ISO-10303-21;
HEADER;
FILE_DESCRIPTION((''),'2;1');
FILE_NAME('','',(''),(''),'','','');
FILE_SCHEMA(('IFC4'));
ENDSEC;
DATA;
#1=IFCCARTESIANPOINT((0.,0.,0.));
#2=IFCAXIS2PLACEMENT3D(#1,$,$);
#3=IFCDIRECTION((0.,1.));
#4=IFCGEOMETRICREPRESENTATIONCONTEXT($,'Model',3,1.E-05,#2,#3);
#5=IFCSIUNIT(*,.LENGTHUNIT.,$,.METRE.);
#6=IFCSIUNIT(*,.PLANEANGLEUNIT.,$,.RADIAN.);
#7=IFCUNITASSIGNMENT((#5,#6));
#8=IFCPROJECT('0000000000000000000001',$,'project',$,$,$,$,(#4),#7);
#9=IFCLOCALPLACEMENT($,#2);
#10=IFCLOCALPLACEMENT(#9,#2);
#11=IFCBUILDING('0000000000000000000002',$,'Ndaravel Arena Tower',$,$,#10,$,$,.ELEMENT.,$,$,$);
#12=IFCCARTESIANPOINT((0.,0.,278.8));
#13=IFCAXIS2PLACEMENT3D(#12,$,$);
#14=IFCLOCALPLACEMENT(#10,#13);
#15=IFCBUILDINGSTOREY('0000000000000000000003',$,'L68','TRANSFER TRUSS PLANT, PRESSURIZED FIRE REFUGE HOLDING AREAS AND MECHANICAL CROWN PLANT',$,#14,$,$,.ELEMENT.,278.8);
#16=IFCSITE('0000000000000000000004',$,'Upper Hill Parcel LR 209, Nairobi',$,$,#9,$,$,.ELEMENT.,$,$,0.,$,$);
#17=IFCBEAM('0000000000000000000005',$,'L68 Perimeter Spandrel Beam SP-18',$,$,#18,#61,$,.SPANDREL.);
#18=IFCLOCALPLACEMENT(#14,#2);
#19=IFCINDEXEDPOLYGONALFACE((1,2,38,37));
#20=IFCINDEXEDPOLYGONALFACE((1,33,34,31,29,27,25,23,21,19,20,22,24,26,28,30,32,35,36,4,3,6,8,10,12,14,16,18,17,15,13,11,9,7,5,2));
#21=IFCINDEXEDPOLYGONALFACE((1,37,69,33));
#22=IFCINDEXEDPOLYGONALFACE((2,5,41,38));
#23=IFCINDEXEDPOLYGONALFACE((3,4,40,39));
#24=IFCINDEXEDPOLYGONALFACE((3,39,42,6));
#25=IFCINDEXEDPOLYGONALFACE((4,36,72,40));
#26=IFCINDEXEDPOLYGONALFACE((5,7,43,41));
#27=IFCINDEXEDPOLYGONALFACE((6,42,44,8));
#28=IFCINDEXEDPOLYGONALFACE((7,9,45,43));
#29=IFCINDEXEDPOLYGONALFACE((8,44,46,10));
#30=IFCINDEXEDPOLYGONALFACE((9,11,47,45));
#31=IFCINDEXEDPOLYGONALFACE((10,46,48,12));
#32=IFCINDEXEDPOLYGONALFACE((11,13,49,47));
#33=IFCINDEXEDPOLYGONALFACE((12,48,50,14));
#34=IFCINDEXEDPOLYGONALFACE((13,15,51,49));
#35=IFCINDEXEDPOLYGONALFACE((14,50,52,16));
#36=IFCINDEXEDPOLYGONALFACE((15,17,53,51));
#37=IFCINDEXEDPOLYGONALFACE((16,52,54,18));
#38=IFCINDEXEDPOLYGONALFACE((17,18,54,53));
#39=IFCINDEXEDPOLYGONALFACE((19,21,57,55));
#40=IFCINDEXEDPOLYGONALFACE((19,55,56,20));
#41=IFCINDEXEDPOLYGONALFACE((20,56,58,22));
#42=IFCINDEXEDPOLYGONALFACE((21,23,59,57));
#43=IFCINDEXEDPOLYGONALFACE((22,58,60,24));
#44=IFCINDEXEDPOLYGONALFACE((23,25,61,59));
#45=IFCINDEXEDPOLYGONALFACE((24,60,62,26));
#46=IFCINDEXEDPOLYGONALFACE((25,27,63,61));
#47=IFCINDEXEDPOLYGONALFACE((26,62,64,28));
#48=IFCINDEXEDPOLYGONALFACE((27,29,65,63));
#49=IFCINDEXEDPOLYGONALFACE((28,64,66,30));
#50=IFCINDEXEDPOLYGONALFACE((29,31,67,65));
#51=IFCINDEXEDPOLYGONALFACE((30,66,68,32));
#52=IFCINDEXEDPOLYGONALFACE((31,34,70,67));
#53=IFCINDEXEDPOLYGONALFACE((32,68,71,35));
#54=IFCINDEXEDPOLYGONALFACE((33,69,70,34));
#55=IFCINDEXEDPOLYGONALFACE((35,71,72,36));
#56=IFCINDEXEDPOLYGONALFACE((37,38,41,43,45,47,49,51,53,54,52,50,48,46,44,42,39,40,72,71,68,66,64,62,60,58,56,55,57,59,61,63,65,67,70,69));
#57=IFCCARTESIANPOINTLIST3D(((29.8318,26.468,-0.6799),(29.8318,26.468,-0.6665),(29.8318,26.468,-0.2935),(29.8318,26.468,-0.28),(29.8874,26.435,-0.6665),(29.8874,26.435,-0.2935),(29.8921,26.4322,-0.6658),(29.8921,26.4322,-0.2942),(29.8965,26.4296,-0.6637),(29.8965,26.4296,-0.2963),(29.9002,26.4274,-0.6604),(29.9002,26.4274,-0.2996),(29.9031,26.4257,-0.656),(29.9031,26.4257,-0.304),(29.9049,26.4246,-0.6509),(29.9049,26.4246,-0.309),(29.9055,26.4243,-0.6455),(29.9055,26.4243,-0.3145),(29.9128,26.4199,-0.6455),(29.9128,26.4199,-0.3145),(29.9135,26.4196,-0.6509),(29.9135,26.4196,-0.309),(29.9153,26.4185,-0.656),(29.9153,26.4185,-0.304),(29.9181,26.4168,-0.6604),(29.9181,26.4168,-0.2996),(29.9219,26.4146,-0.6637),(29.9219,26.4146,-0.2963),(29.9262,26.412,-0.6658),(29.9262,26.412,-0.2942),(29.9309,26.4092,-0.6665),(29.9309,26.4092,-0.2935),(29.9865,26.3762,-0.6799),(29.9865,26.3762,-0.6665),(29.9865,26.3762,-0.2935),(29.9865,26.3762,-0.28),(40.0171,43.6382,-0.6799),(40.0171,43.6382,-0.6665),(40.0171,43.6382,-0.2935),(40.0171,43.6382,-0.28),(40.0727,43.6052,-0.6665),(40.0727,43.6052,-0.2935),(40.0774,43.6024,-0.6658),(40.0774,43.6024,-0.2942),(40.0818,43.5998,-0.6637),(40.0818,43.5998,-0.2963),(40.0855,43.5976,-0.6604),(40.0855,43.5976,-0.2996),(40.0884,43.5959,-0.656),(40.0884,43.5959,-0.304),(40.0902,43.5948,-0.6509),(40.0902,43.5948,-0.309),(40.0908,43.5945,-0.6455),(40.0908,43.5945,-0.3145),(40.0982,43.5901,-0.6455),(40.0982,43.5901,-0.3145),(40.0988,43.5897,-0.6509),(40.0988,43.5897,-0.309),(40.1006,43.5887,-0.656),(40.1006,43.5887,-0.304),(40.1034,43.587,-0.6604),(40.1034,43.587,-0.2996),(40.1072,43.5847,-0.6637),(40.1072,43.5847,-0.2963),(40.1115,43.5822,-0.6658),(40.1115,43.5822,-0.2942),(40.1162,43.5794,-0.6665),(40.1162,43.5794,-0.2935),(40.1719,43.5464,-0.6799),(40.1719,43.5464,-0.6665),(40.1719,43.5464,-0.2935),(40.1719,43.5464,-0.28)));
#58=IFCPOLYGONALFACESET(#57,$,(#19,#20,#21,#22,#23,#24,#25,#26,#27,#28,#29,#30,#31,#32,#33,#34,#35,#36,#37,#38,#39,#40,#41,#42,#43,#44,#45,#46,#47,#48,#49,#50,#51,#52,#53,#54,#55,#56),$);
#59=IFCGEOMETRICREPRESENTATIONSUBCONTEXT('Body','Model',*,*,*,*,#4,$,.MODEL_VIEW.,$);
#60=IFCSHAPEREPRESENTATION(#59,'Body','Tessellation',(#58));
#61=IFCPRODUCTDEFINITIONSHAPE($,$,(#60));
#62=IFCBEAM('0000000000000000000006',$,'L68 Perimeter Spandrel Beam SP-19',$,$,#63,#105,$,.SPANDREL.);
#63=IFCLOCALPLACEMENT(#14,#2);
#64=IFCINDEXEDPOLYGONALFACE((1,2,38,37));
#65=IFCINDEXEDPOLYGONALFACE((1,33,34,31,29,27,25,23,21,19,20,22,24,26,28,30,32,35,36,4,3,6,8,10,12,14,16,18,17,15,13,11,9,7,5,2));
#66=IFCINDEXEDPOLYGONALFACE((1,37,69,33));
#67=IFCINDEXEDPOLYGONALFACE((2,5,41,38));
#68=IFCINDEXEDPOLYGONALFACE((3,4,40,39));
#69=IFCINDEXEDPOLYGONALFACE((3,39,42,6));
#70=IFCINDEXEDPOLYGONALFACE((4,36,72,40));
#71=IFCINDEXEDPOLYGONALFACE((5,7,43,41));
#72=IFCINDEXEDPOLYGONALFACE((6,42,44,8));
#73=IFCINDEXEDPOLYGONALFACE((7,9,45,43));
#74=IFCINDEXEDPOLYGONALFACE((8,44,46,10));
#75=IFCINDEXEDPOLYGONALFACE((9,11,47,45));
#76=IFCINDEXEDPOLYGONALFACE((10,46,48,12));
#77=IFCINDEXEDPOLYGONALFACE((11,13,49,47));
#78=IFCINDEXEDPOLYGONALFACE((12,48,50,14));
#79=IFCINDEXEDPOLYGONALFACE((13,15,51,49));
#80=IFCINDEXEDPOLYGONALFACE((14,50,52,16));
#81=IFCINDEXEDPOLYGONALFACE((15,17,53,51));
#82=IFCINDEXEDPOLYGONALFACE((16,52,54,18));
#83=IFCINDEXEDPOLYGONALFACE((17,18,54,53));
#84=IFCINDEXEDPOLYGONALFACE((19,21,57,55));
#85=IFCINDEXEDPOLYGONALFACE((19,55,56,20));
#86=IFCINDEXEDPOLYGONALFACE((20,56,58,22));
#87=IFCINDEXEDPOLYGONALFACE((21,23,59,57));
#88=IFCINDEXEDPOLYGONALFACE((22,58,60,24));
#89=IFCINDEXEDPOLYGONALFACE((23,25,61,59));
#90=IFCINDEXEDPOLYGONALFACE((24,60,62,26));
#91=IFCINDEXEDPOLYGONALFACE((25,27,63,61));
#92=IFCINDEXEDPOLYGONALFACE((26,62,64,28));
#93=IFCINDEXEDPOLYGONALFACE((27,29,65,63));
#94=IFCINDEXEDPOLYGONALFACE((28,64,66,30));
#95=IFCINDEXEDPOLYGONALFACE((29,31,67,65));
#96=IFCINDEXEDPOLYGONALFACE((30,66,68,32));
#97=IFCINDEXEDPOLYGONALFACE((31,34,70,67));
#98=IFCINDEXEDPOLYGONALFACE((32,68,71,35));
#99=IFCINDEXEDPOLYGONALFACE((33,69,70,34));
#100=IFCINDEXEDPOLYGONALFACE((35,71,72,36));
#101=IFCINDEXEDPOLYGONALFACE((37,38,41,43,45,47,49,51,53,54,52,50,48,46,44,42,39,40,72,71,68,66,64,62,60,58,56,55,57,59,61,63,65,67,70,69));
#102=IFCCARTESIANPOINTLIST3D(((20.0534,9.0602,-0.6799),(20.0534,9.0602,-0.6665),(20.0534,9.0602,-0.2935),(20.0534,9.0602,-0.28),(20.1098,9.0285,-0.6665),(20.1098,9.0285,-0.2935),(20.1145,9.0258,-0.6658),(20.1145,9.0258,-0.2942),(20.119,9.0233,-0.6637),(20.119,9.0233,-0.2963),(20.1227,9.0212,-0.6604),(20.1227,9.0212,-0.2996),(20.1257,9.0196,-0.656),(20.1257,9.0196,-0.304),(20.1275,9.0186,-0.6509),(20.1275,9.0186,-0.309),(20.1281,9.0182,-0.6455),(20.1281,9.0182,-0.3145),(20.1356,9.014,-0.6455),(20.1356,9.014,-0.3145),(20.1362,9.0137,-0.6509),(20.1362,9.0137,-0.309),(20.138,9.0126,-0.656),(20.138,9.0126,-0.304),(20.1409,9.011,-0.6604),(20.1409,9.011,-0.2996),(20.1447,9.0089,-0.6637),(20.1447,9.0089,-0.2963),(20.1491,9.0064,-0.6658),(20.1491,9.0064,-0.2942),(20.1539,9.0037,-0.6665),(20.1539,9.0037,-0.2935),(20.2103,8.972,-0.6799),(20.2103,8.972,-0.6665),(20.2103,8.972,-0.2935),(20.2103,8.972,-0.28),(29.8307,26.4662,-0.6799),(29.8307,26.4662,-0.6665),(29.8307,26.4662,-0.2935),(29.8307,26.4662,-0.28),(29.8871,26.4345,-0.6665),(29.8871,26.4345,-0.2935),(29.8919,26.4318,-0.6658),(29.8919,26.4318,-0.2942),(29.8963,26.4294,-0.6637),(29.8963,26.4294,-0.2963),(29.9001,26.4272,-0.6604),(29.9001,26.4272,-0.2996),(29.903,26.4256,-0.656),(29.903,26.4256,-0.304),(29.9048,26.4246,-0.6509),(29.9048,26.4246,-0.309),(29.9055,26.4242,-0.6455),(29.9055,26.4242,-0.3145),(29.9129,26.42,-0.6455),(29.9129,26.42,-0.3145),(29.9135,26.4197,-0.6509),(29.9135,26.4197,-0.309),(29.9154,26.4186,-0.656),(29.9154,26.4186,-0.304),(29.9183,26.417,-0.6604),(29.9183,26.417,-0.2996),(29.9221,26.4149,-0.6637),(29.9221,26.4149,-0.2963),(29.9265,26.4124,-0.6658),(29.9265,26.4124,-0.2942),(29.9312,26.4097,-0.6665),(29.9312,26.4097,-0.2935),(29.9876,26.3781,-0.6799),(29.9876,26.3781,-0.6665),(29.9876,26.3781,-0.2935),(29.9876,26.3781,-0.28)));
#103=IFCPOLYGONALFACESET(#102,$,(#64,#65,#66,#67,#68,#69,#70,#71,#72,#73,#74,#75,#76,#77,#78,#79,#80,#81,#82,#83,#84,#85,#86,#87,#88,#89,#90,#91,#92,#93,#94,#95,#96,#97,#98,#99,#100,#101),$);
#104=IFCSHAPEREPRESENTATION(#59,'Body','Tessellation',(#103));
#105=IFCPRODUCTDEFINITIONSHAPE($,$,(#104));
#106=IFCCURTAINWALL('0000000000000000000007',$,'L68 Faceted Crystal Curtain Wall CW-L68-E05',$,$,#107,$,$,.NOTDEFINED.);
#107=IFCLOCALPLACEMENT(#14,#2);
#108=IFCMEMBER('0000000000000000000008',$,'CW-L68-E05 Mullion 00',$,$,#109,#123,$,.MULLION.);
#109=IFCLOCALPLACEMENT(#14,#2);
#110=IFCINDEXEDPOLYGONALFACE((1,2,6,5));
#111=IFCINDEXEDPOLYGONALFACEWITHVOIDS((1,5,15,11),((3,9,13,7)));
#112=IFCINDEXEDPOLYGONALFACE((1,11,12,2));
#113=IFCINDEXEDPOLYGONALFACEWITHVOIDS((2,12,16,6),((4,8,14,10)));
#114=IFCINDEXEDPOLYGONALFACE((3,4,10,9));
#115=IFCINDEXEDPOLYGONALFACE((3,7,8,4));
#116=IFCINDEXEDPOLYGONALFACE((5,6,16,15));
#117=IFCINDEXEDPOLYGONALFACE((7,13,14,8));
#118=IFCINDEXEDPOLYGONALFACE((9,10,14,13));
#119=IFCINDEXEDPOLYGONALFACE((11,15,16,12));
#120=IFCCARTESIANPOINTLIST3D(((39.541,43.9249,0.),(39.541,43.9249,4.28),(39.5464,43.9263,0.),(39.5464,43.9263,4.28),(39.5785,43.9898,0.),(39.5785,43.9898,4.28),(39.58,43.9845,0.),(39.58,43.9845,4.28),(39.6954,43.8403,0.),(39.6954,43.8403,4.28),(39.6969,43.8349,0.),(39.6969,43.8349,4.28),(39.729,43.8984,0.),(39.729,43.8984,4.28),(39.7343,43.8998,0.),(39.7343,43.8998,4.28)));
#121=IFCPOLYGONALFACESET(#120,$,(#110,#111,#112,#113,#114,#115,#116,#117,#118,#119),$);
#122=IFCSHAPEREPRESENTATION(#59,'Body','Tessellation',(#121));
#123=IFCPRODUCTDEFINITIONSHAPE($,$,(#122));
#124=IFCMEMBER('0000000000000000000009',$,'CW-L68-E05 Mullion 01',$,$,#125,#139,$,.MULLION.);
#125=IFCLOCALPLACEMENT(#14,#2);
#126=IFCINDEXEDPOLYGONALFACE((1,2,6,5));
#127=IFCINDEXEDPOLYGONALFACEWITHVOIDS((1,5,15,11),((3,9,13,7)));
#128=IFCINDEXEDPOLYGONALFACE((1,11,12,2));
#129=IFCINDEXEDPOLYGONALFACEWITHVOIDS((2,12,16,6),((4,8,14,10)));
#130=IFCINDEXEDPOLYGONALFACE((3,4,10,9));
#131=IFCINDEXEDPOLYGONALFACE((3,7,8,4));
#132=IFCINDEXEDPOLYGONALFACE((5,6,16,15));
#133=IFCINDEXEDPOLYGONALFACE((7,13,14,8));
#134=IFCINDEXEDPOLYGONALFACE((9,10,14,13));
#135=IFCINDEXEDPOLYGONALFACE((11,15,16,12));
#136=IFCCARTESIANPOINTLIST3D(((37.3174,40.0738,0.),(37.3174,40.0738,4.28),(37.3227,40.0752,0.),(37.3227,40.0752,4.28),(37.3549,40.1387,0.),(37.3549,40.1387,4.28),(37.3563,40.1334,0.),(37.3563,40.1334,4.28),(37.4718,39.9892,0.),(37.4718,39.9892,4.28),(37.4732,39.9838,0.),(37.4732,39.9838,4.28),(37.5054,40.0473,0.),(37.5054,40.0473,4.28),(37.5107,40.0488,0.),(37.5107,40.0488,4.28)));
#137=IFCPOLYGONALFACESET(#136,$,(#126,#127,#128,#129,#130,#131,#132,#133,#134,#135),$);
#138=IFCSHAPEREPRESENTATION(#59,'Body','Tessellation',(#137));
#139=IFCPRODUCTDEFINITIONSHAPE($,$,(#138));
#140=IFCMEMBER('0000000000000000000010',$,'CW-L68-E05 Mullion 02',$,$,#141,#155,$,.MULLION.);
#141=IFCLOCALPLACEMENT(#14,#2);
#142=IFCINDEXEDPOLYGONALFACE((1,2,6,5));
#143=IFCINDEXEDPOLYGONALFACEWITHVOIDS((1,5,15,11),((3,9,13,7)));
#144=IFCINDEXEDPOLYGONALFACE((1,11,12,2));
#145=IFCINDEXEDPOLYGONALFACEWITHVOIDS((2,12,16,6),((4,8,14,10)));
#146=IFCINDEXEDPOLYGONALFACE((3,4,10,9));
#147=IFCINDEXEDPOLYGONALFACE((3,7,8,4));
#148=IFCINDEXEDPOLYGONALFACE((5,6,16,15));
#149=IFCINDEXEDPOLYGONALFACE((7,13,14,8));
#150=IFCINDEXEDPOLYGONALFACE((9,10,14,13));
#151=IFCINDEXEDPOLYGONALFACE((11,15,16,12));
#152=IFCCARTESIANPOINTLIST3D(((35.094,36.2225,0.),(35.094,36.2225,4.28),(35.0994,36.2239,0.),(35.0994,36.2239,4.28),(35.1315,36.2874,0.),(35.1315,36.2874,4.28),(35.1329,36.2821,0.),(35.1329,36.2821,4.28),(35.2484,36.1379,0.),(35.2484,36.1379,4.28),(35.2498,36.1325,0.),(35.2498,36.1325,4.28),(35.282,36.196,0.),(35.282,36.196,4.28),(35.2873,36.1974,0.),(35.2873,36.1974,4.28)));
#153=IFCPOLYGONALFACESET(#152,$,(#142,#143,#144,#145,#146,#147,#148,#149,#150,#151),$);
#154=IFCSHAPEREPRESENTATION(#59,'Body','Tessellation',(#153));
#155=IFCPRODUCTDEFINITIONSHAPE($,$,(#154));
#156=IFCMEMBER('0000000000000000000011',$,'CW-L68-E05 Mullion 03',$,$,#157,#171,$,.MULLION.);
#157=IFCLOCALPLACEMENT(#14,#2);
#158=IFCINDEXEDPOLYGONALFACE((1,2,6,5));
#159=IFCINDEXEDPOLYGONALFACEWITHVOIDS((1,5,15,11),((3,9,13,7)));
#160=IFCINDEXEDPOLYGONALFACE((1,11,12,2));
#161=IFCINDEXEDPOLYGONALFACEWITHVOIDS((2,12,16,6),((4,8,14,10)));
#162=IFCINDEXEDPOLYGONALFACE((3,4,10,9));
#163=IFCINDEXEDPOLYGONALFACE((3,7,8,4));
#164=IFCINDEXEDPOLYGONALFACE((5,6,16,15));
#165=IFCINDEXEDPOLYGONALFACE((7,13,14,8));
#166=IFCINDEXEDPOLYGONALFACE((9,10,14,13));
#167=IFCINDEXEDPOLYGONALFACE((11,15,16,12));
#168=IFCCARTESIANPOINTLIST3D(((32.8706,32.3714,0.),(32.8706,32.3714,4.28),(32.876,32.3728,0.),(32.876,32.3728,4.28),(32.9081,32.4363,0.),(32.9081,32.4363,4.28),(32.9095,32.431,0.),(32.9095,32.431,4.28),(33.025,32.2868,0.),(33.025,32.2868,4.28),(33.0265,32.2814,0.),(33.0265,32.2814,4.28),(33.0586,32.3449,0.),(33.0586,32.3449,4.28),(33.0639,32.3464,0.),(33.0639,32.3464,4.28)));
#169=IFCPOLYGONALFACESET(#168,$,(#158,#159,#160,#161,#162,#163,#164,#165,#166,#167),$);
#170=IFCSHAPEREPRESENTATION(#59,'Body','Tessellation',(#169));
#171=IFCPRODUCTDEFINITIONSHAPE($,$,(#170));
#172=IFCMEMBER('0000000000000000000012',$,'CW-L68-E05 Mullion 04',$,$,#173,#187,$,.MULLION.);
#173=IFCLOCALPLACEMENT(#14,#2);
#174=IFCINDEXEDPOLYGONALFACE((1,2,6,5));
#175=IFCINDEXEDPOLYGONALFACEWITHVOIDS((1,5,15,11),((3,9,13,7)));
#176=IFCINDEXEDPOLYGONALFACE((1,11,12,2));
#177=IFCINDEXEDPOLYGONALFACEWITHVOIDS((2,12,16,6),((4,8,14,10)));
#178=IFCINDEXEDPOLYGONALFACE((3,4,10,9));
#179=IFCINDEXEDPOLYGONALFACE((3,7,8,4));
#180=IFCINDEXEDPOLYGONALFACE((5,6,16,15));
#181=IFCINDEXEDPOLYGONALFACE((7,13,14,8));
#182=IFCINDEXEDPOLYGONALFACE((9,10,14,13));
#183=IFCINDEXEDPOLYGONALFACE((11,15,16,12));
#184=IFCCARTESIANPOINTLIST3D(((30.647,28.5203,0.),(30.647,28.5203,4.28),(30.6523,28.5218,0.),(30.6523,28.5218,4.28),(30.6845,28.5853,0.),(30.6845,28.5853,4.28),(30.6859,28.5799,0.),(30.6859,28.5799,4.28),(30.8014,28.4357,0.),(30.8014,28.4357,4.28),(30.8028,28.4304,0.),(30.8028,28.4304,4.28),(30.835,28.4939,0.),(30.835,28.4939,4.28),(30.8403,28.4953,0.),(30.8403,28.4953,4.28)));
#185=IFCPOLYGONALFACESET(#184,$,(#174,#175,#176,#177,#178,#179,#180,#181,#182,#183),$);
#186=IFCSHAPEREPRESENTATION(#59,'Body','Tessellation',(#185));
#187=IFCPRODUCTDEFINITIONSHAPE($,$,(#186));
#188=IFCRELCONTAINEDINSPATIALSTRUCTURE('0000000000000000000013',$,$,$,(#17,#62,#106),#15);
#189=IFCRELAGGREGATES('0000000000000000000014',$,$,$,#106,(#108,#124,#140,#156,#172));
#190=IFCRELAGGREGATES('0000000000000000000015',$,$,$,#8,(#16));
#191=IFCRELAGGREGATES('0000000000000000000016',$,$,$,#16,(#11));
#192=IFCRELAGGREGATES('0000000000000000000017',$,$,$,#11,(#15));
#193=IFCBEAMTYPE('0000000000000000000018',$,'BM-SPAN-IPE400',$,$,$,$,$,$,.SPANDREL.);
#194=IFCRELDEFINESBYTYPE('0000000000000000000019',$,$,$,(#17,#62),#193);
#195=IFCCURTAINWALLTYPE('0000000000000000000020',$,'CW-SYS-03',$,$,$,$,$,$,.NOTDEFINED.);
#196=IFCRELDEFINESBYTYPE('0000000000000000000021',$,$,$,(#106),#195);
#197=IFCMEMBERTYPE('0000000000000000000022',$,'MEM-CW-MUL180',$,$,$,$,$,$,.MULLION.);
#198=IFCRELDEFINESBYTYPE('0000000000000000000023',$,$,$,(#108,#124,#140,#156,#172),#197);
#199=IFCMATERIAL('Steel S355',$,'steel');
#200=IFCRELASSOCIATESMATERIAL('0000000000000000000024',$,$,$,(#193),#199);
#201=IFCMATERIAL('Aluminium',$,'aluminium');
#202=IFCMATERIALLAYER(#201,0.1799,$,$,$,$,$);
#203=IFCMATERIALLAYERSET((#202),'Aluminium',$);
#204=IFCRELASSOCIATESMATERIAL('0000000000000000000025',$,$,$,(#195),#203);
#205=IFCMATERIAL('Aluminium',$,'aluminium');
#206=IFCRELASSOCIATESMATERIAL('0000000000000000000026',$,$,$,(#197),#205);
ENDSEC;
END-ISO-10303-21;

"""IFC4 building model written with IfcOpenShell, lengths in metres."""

from ifc_helpers import new_model, si_unit, direction, frame, origin, origin_2d, place, context, subcontext, project, spatial, hollow_rectangle, i_section, extrude, material, layer, layer_set, material_profile, profile_set, type_object, element, aggregate, save


model = new_model("IFC4")

# Units and contexts
model_context = context("Model", 3, precision=1e-05, world=origin(), true_north=direction((0.0, 1.0)))
body_context = subcontext(model_context, "Body", "Model", "MODEL_VIEW")
ifc_project = project(units=[si_unit("LENGTHUNIT", "METRE"), si_unit("PLANEANGLEUNIT", "RADIAN")], contexts=[model_context])

# Site, building, storey
site_placement = place(None, origin())
site = spatial("IfcSite", under=ifc_project, at=site_placement, Name="Upper Hill Parcel LR 209, Nairobi", CompositionType="ELEMENT", RefElevation=0.0)
building_placement = place(site_placement, origin())
building = spatial("IfcBuilding", under=site, at=building_placement, Name="Ndaravel Arena Tower", CompositionType="ELEMENT")
storey_placement = place(building_placement, frame((0.0, 0.0, 278.8)))
storey = spatial("IfcBuildingStorey", under=building, at=storey_placement, Name="L68", Description="TRANSFER TRUSS PLANT, PRESSURIZED FIRE REFUGE HOLDING AREAS AND MECHANICAL CROWN PLANT", CompositionType="ELEMENT", Elevation=278.8)

# Beams
ifc_material_1 = material(Name="Steel S355", Category="steel")
ifc_material_profile_1 = material_profile(ifc_material_1, i_section(OverallWidth=0.1799, OverallDepth=0.3999, WebThickness=0.0085, FlangeThickness=0.0134, FilletRadius=0.021, at=origin_2d()), Name="IPE 400")
ifc_profile_set_1 = profile_set([ifc_material_profile_1], Name="Steel S355")
beam_type_1 = type_object("IfcBeamType", Name="BM-SPAN-IPE400", PredefinedType="SPANDREL", material=ifc_profile_set_1)
beam_1_placement = place(storey_placement, frame((40.0945, 43.5923, -0.48), z_axis=(-0.510188, -0.860063, 0.0), x_axis=(0.860063, -0.510188, 0.0)))
element("IfcBeam", 1, at=beam_1_placement, inside=storey, type_object=beam_type_1, Name="L68 Perimeter Spandrel Beam SP-18", PredefinedType="SPANDREL", context=body_context, shape_type="SweptSolid", body=[
    extrude(i_section(OverallWidth=0.1799, OverallDepth=0.3999, WebThickness=0.0085, FlangeThickness=0.0134, FilletRadius=0.021, at=origin_2d()), origin(), (0.0, 0.0, 1.0), 19.9639),
])
beam_2_placement = place(storey_placement, frame((29.9092, 26.4221, -0.48), z_axis=(-0.489746, -0.871865, 0.0), x_axis=(0.871865, -0.489746, 0.0)))
element("IfcBeam", 2, at=beam_2_placement, inside=storey, type_object=beam_type_1, Name="L68 Perimeter Spandrel Beam SP-19", PredefinedType="SPANDREL", context=body_context, shape_type="SweptSolid", body=[
    extrude(i_section(OverallWidth=0.1799, OverallDepth=0.3999, WebThickness=0.0085, FlangeThickness=0.0134, FilletRadius=0.021, at=origin_2d()), origin(), (0.0, 0.0, 1.0), 19.9641),
])

# Curtain wall, members
ifc_material_2 = material(Name="Aluminium", Category="aluminium")
ifc_layer_1 = layer(ifc_material_2, 0.1799)
ifc_layer_set_1 = layer_set([ifc_layer_1], Name="Aluminium")
curtain_wall_type_1 = type_object("IfcCurtainWallType", Name="CW-SYS-03", PredefinedType="NOTDEFINED", material=ifc_layer_set_1)
curtain_wall_1_placement = place(storey_placement, origin())
curtain_wall_1 = element("IfcCurtainWall", 3, at=curtain_wall_1_placement, inside=storey, type_object=curtain_wall_type_1, Name="L68 Faceted Crystal Curtain Wall CW-L68-E05", PredefinedType="NOTDEFINED")
ifc_material_3 = material(Name="Aluminium", Category="aluminium")
ifc_material_profile_2 = material_profile(ifc_material_3, hollow_rectangle(XDim=0.075, YDim=0.1799, WallThickness=0.0039, at=origin_2d()), Name="CW MULLION 75x180x4")
ifc_profile_set_2 = profile_set([ifc_material_profile_2], Name="Aluminium")
member_type_1 = type_object("IfcMemberType", Name="MEM-CW-MUL180", PredefinedType="MULLION", material=ifc_profile_set_2)
member_1_placement = place(storey_placement, frame((39.6377, 43.9124, 0.0), z_axis=(0.0, 0.0, 1.0), x_axis=(-0.5, -0.866025, 0.0)))
member_1 = element("IfcMember", 4, at=member_1_placement, type_object=member_type_1, Name="CW-L68-E05 Mullion 00", PredefinedType="MULLION", context=body_context, shape_type="SweptSolid", body=[
    extrude(hollow_rectangle(XDim=0.075, YDim=0.1799, WallThickness=0.0039, at=origin_2d()), origin(), (0.0, 0.0, 1.0), 4.28),
])
member_2_placement = place(storey_placement, frame((37.4141, 40.0613, 0.0), z_axis=(0.0, 0.0, 1.0), x_axis=(-0.5, -0.866025, 0.0)))
member_2 = element("IfcMember", 5, at=member_2_placement, type_object=member_type_1, Name="CW-L68-E05 Mullion 01", PredefinedType="MULLION", context=body_context, shape_type="SweptSolid", body=[
    extrude(hollow_rectangle(XDim=0.075, YDim=0.1799, WallThickness=0.0039, at=origin_2d()), origin(), (0.0, 0.0, 1.0), 4.28),
])
member_3_placement = place(storey_placement, frame((35.1907, 36.21, 0.0), z_axis=(0.0, 0.0, 1.0), x_axis=(-0.5, -0.866025, 0.0)))
member_3 = element("IfcMember", 6, at=member_3_placement, type_object=member_type_1, Name="CW-L68-E05 Mullion 02", PredefinedType="MULLION", context=body_context, shape_type="SweptSolid", body=[
    extrude(hollow_rectangle(XDim=0.075, YDim=0.1799, WallThickness=0.0039, at=origin_2d()), origin(), (0.0, 0.0, 1.0), 4.28),
])
member_4_placement = place(storey_placement, frame((32.9673, 32.3589, 0.0), z_axis=(0.0, 0.0, 1.0), x_axis=(-0.5, -0.866025, 0.0)))
member_4 = element("IfcMember", 7, at=member_4_placement, type_object=member_type_1, Name="CW-L68-E05 Mullion 03", PredefinedType="MULLION", context=body_context, shape_type="SweptSolid", body=[
    extrude(hollow_rectangle(XDim=0.075, YDim=0.1799, WallThickness=0.0039, at=origin_2d()), origin(), (0.0, 0.0, 1.0), 4.28),
])
member_5_placement = place(storey_placement, frame((30.7437, 28.5078, 0.0), z_axis=(0.0, 0.0, 1.0), x_axis=(-0.5, -0.866025, 0.0)))
member_5 = element("IfcMember", 8, at=member_5_placement, type_object=member_type_1, Name="CW-L68-E05 Mullion 04", PredefinedType="MULLION", context=body_context, shape_type="SweptSolid", body=[
    extrude(hollow_rectangle(XDim=0.075, YDim=0.1799, WallThickness=0.0039, at=origin_2d()), origin(), (0.0, 0.0, 1.0), 4.28),
])

aggregate(curtain_wall_1, [member_1, member_2, member_3, member_4, member_5])

save(model, "model.ifc")
